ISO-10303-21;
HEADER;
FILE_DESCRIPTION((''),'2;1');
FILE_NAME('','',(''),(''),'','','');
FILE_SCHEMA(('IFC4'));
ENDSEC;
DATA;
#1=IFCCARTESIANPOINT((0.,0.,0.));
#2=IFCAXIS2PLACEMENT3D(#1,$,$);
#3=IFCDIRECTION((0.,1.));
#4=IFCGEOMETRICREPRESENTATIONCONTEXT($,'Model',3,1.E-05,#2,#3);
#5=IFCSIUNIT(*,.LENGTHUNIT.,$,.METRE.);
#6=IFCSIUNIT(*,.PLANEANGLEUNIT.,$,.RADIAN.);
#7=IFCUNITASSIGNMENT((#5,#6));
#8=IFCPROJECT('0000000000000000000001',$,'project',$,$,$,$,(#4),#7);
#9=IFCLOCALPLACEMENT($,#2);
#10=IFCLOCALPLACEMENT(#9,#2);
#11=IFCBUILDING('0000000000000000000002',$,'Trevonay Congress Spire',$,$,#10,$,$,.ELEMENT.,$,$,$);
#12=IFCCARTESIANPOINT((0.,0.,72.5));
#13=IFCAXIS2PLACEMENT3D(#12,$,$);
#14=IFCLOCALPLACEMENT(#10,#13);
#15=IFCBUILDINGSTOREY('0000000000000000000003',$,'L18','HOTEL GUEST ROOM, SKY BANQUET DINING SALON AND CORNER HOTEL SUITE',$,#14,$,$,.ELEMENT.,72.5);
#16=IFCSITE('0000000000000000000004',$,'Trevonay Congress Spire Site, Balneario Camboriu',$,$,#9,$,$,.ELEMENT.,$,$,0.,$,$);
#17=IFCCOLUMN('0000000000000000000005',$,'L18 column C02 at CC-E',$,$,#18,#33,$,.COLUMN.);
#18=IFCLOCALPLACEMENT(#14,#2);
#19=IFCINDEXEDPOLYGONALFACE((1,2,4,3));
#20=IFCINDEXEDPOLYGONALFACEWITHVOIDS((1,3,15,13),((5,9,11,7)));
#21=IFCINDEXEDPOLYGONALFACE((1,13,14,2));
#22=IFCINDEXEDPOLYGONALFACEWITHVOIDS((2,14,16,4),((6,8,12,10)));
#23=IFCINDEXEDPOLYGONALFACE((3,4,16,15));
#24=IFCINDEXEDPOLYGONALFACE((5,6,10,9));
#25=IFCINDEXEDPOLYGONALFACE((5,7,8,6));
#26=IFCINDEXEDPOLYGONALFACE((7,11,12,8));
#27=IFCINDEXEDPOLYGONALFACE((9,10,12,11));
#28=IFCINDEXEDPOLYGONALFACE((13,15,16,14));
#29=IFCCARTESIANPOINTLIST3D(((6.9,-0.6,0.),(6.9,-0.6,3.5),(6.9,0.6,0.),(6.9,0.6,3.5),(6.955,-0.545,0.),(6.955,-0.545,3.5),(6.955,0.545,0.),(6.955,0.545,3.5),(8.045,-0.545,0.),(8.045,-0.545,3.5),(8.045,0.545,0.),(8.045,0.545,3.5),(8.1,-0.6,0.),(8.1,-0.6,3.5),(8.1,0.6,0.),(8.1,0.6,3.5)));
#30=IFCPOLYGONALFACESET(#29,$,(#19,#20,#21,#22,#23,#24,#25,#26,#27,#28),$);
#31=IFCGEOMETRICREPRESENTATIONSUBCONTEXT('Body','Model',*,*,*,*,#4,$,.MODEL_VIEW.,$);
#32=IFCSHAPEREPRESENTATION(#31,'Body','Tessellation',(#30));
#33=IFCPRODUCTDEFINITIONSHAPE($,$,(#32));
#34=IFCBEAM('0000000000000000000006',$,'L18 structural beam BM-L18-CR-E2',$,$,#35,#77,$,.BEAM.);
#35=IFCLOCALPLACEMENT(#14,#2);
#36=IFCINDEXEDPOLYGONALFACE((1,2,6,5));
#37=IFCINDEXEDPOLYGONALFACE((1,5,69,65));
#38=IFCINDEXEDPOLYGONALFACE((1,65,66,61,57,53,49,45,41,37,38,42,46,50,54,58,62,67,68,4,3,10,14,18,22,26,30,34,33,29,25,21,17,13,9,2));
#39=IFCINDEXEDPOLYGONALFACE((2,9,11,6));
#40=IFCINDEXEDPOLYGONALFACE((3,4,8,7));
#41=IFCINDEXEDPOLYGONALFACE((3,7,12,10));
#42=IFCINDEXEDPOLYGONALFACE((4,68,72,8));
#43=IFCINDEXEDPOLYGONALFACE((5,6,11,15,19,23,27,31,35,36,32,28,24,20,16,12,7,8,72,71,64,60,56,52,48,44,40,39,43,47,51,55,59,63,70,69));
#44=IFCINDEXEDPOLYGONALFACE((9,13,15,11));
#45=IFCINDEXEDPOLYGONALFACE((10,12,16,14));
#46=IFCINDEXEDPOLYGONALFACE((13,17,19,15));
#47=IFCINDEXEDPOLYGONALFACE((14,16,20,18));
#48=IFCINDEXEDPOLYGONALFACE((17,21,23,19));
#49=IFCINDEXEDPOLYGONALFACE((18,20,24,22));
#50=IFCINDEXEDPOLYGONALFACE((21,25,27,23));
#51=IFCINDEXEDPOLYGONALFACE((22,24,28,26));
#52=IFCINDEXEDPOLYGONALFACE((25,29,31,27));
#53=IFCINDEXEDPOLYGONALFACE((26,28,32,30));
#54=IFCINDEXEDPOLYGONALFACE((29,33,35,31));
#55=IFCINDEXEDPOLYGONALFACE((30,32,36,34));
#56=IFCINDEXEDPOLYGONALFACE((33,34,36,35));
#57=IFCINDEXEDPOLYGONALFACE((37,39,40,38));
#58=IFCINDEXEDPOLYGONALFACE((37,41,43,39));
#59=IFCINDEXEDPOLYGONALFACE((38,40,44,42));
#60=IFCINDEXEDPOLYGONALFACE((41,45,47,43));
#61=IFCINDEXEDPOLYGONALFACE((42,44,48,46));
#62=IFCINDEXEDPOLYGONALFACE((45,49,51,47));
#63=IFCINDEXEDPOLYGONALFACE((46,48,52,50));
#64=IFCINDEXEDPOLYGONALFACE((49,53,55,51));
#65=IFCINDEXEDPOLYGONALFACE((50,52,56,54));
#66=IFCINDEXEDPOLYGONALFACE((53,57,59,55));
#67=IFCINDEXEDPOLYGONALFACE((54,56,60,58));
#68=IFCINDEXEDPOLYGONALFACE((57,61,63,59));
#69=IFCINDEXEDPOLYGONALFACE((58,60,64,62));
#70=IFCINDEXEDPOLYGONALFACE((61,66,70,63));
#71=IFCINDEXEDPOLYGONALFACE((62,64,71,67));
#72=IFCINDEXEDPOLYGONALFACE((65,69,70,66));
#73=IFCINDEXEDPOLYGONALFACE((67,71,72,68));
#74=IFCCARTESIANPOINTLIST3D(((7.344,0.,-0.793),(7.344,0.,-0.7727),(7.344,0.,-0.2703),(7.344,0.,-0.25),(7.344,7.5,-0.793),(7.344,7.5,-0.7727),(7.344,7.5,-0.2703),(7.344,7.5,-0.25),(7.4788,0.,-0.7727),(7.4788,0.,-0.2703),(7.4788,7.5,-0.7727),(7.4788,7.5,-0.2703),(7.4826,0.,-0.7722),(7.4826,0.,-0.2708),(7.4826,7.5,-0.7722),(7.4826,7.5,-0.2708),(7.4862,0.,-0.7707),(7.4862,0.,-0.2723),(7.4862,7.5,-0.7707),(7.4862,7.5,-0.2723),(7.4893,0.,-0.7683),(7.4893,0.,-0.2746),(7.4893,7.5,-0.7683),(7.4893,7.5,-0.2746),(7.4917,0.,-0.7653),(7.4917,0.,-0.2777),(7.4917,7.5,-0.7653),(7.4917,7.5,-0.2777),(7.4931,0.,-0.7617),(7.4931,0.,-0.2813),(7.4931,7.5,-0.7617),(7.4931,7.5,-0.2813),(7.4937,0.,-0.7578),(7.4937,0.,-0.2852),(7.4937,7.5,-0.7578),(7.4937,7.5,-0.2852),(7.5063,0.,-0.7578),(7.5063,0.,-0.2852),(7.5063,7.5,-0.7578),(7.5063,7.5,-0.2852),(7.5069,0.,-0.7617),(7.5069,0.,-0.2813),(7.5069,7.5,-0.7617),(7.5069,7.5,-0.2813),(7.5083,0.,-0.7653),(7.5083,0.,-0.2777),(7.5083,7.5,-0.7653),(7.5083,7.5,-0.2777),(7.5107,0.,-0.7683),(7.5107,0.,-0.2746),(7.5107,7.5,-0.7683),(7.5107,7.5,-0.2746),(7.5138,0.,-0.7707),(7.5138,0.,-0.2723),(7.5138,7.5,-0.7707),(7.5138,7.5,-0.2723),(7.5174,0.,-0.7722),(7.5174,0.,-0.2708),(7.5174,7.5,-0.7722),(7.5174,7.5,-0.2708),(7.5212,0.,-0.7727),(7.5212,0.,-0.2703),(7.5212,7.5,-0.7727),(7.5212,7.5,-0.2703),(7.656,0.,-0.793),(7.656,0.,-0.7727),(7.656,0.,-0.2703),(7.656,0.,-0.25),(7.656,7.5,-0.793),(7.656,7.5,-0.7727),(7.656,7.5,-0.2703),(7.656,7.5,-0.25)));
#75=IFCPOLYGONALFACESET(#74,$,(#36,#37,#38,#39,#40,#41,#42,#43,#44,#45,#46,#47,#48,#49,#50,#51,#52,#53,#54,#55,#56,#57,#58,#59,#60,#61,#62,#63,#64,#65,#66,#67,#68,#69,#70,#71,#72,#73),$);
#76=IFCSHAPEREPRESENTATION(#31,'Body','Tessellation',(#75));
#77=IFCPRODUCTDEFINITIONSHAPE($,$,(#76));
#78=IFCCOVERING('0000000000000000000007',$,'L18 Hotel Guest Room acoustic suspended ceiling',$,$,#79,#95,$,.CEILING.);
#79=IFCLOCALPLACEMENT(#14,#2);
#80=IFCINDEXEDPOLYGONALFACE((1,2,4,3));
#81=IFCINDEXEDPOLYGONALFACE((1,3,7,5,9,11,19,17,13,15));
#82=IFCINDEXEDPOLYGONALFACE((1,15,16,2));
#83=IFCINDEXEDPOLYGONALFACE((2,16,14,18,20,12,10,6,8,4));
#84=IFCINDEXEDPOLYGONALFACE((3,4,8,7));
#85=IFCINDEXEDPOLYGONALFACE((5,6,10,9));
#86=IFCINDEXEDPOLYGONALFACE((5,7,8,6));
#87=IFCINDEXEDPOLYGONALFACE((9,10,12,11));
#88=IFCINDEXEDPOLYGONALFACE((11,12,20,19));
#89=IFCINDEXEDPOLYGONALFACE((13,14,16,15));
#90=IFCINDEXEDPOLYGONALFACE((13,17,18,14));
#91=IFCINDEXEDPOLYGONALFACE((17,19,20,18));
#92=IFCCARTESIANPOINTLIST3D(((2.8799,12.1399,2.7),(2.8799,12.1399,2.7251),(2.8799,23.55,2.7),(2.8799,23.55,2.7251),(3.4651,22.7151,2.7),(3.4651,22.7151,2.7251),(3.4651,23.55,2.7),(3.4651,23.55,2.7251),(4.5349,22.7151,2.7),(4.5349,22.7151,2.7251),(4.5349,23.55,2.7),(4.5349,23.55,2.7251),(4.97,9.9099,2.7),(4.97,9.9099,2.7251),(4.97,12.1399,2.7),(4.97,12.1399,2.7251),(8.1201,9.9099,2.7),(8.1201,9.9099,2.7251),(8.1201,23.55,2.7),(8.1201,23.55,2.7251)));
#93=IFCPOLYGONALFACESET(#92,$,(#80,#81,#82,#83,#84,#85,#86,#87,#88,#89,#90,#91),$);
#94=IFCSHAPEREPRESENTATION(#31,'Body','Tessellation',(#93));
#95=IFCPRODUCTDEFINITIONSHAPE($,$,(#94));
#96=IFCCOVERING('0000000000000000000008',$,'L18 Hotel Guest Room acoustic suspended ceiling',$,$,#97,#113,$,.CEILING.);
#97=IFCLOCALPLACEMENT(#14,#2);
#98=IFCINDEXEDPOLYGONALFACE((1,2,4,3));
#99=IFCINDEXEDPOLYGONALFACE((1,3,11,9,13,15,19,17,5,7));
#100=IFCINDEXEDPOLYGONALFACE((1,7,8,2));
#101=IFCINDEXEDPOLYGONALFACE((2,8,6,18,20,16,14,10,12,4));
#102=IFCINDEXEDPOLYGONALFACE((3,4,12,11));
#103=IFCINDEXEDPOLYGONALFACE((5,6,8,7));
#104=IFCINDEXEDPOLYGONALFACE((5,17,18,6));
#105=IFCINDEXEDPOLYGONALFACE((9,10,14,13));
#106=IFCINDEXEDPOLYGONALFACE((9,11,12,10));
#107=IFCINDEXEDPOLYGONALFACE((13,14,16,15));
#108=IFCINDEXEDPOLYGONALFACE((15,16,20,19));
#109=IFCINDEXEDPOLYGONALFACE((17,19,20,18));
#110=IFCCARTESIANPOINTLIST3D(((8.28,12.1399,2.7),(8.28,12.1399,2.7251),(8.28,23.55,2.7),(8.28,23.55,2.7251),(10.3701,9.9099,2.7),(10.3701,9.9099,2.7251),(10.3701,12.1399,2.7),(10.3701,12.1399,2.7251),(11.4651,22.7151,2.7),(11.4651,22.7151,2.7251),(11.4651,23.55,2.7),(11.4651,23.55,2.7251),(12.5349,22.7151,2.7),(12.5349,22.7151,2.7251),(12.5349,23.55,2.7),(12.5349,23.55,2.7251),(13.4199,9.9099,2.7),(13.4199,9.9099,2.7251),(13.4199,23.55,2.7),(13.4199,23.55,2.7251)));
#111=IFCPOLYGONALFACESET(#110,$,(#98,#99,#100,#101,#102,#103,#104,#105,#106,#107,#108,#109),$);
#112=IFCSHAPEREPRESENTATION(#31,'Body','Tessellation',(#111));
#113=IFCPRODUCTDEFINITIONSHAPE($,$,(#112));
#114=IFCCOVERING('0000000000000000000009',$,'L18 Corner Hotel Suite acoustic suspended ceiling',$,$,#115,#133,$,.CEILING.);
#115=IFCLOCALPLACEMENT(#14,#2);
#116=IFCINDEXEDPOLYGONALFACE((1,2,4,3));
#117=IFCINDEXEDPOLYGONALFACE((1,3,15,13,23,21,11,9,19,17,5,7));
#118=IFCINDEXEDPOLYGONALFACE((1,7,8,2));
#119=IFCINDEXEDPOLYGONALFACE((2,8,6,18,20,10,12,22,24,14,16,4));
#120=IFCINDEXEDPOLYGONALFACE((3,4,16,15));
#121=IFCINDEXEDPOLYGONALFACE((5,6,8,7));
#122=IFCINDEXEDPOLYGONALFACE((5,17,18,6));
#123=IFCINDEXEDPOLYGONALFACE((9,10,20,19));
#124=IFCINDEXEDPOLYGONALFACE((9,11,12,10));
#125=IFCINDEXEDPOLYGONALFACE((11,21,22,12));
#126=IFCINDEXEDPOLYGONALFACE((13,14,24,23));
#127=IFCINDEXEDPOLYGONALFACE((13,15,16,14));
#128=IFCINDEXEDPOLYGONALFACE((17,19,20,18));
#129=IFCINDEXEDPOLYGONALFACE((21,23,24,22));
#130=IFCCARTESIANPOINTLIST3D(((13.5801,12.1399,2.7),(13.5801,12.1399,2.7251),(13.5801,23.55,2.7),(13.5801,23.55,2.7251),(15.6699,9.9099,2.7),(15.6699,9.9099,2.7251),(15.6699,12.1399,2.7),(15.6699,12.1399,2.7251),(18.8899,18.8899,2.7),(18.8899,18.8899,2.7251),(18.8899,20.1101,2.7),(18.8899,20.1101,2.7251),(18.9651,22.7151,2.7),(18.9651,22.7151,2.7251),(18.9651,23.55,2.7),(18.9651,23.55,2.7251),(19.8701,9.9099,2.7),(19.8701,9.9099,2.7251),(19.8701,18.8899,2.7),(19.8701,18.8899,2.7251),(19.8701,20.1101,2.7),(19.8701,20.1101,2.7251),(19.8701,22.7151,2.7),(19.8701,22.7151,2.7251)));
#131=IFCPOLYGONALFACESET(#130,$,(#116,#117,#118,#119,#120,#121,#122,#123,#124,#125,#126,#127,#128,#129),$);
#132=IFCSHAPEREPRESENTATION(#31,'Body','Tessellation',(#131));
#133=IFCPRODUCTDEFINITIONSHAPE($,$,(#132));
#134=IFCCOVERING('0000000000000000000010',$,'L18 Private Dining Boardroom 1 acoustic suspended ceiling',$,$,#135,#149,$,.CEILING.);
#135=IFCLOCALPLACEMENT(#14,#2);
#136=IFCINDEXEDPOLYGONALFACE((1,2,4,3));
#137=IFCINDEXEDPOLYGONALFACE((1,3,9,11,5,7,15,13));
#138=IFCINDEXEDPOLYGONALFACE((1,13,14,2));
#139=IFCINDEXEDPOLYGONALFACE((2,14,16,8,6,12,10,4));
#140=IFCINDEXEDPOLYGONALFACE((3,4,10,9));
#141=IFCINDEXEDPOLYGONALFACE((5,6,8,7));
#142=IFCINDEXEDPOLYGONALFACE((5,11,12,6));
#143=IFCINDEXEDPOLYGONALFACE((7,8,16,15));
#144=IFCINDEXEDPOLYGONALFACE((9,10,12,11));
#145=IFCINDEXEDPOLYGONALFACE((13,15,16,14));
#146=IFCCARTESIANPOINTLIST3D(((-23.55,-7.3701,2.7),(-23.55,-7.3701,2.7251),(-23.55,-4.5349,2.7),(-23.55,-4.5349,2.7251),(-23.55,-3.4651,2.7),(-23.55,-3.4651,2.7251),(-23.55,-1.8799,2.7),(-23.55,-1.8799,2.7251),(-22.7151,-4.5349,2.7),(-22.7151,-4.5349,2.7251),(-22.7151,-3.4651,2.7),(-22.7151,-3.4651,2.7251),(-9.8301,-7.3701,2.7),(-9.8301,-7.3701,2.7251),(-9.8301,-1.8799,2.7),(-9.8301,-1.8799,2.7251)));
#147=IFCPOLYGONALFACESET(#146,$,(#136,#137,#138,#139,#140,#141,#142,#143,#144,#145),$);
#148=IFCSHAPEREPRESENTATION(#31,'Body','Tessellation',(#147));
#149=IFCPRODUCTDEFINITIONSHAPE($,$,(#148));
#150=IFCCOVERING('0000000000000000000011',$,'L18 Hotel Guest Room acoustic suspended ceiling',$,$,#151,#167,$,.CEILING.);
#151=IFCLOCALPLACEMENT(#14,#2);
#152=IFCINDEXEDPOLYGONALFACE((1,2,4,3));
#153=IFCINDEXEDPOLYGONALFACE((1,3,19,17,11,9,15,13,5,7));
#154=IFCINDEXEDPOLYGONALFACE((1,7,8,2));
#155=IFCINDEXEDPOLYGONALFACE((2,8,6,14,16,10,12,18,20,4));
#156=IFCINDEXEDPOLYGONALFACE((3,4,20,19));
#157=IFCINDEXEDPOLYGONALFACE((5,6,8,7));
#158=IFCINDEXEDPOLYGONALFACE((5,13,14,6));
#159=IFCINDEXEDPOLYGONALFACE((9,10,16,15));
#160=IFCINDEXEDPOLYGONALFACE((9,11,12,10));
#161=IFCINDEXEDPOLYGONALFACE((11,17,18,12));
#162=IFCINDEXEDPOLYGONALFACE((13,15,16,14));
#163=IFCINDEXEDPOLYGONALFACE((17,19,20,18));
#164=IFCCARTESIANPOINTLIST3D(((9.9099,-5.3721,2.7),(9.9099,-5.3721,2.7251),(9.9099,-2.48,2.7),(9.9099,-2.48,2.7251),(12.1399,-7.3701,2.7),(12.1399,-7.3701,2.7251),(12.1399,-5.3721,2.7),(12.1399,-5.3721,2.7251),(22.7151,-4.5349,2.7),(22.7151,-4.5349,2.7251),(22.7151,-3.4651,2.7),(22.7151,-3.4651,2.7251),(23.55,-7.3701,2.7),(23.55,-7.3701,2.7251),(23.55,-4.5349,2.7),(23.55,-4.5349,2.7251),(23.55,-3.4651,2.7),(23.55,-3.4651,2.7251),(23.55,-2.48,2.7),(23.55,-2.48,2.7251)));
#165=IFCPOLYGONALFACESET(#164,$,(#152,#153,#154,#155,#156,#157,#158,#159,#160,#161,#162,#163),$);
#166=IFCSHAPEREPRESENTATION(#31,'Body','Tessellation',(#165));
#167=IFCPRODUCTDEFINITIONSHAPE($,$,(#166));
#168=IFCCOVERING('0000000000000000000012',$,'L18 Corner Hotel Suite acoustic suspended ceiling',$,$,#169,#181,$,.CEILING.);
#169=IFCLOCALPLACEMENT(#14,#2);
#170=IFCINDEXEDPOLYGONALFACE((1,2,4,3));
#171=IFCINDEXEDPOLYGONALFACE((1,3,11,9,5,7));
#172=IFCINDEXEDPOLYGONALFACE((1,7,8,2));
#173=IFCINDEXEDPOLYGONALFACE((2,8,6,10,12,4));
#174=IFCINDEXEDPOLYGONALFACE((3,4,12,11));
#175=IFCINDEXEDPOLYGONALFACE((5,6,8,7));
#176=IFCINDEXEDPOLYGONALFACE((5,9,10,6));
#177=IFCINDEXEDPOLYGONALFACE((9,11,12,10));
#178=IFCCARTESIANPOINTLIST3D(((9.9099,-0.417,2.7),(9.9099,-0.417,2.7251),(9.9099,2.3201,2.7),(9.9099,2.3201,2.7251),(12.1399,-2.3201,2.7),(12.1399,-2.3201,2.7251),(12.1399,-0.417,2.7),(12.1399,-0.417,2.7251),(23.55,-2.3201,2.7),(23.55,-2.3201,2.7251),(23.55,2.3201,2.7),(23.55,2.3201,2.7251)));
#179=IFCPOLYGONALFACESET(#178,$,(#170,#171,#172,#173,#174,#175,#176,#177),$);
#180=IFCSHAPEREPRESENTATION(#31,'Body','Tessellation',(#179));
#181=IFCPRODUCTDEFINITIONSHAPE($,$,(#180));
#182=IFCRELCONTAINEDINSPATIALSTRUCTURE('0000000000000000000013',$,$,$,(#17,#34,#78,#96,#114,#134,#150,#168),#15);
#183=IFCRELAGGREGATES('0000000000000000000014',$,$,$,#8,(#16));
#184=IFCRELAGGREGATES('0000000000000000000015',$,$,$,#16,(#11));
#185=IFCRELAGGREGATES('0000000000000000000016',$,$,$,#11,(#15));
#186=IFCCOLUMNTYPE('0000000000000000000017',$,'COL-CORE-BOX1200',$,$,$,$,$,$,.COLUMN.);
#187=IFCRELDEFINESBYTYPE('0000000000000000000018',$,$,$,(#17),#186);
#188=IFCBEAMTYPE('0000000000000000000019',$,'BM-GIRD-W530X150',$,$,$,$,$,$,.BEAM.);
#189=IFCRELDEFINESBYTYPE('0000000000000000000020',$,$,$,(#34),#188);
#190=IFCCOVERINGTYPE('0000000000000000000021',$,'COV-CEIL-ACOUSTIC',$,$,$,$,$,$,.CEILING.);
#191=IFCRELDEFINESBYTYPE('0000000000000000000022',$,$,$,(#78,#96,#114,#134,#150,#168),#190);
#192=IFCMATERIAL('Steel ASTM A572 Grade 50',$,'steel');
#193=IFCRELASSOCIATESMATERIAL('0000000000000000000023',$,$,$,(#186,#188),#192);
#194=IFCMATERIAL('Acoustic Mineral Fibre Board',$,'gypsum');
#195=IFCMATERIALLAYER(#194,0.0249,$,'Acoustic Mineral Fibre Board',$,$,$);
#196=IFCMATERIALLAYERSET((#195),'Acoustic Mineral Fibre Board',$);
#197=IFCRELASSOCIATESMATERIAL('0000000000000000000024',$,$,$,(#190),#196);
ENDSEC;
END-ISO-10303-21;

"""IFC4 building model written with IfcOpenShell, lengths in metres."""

from ifc_helpers import new_model, si_unit, direction, frame, origin, origin_2d, place, context, subcontext, project, spatial, polyline, hollow_rectangle, i_section, outline, extrude, material, layer, layer_set, material_profile, profile_set, type_object, element, save


model = new_model("IFC4")

# Units and contexts
model_context = context("Model", 3, precision=1e-05, world=origin(), true_north=direction((0.0, 1.0)))
body_context = subcontext(model_context, "Body", "Model", "MODEL_VIEW")
ifc_project = project(units=[si_unit("LENGTHUNIT", "METRE"), si_unit("PLANEANGLEUNIT", "RADIAN")], contexts=[model_context])

# Site, building, storey
site_placement = place(None, origin())
site = spatial("IfcSite", under=ifc_project, at=site_placement, Name="Trevonay Congress Spire Site, Balneario Camboriu", CompositionType="ELEMENT", RefElevation=0.0)
building_placement = place(site_placement, origin())
building = spatial("IfcBuilding", under=site, at=building_placement, Name="Trevonay Congress Spire", CompositionType="ELEMENT")
storey_placement = place(building_placement, frame((0.0, 0.0, 72.5)))
storey = spatial("IfcBuildingStorey", under=building, at=storey_placement, Name="L18", Description="HOTEL GUEST ROOM, SKY BANQUET DINING SALON AND CORNER HOTEL SUITE", CompositionType="ELEMENT", Elevation=72.5)

# Column
ifc_material_1 = material(Name="Steel ASTM A572 Grade 50", Category="steel")
ifc_material_profile_1 = material_profile(ifc_material_1, hollow_rectangle(XDim=1.2, YDim=1.2, WallThickness=0.0549, at=origin_2d()), Name="BOX 1200x1200x55")
ifc_profile_set_1 = profile_set([ifc_material_profile_1], Name="Steel ASTM A572 Grade 50")
column_type = type_object("IfcColumnType", Name="COL-CORE-BOX1200", PredefinedType="COLUMN", material=ifc_profile_set_1)
column_placement = place(storey_placement, frame((7.5, 0.0, 0.0), z_axis=(0.0, 0.0, 1.0), x_axis=(1.0, 0.0, 0.0)))
element("IfcColumn", 1, at=column_placement, inside=storey, type_object=column_type, Name="L18 column C02 at CC-E", PredefinedType="COLUMN", context=body_context, shape_type="SweptSolid", body=[
    extrude(hollow_rectangle(XDim=1.2, YDim=1.2, WallThickness=0.0549, at=origin_2d()), origin(), (0.0, 0.0, 1.0), 3.5),
])

# Beam
ifc_material_profile_2 = material_profile(ifc_material_1, i_section(OverallWidth=0.312, OverallDepth=0.543, WebThickness=0.0127, FlangeThickness=0.0203, FilletRadius=0.0149, at=origin_2d()), Name="W530x150")
ifc_profile_set_2 = profile_set([ifc_material_profile_2], Name="Steel ASTM A572 Grade 50")
beam_type = type_object("IfcBeamType", Name="BM-GIRD-W530X150", PredefinedType="BEAM", material=ifc_profile_set_2)
beam_placement = place(storey_placement, frame((7.5, 0.0, -0.5215), z_axis=(0.0, 1.0, 0.0), x_axis=(-1.0, 0.0, 0.0)))
element("IfcBeam", 2, at=beam_placement, inside=storey, type_object=beam_type, Name="L18 structural beam BM-L18-CR-E2", PredefinedType="BEAM", context=body_context, shape_type="SweptSolid", body=[
    extrude(i_section(OverallWidth=0.312, OverallDepth=0.543, WebThickness=0.0127, FlangeThickness=0.0203, FilletRadius=0.0149, at=origin_2d()), origin(), (0.0, 0.0, 1.0), 7.5),
])

# Coverings
ifc_material_2 = material(Name="Acoustic Mineral Fibre Board", Category="gypsum")
ifc_layer_1 = layer(ifc_material_2, 0.0249, Name="Acoustic Mineral Fibre Board")
ifc_layer_set_1 = layer_set([ifc_layer_1], Name="Acoustic Mineral Fibre Board")
covering_type_1 = type_object("IfcCoveringType", Name="COV-CEIL-ACOUSTIC", PredefinedType="CEILING", material=ifc_layer_set_1)
covering_1_placement = place(storey_placement, frame((0.0, 0.0, 2.7)))
element("IfcCovering", 3, at=covering_1_placement, inside=storey, type_object=covering_type_1, Name="L18 Hotel Guest Room acoustic suspended ceiling", PredefinedType="CEILING", context=body_context, shape_type="SweptSolid", body=[
    extrude(outline(polyline([(8.1201, 23.55), (8.1201, 9.9099), (4.97, 9.9099), (4.97, 12.1399), (2.8799, 12.1399), (2.8799, 23.55), (3.4651, 23.55), (3.4651, 22.7151), (4.5349, 22.7151), (4.5349, 23.55), (8.1201, 23.55)])), origin(), (0.0, 0.0, 1.0), 0.0251),
])
covering_2_placement = place(storey_placement, frame((0.0, 0.0, 2.7)))
element("IfcCovering", 4, at=covering_2_placement, inside=storey, type_object=covering_type_1, Name="L18 Hotel Guest Room acoustic suspended ceiling", PredefinedType="CEILING", context=body_context, shape_type="SweptSolid", body=[
    extrude(outline(polyline([(13.4199, 23.55), (13.4199, 9.9099), (10.3701, 9.9099), (10.3701, 12.1399), (8.28, 12.1399), (8.28, 23.55), (11.4651, 23.55), (11.4651, 22.7151), (12.5349, 22.7151), (12.5349, 23.55), (13.4199, 23.55)])), origin(), (0.0, 0.0, 1.0), 0.0251),
])
covering_3_placement = place(storey_placement, frame((0.0, 0.0, 2.7)))
element("IfcCovering", 5, at=covering_3_placement, inside=storey, type_object=covering_type_1, Name="L18 Corner Hotel Suite acoustic suspended ceiling", PredefinedType="CEILING", context=body_context, shape_type="SweptSolid", body=[
    extrude(outline(polyline([(19.8701, 9.9099), (15.6699, 9.9099), (15.6699, 12.1399), (13.5801, 12.1399), (13.5801, 23.55), (18.9651, 23.55), (18.9651, 22.7151), (19.8701, 22.7151), (19.8701, 20.1101), (18.8899, 20.1101), (18.8899, 18.8899), (19.8701, 18.8899), (19.8701, 9.9099)])), origin(), (0.0, 0.0, 1.0), 0.0251),
])
covering_4_placement = place(storey_placement, frame((0.0, 0.0, 2.7)))
element("IfcCovering", 6, at=covering_4_placement, inside=storey, type_object=covering_type_1, Name="L18 Private Dining Boardroom 1 acoustic suspended ceiling", PredefinedType="CEILING", context=body_context, shape_type="SweptSolid", body=[
    extrude(outline(polyline([(-23.55, -1.8799), (-9.8301, -1.8799), (-9.8301, -7.3701), (-23.55, -7.3701), (-23.55, -4.5349), (-22.7151, -4.5349), (-22.7151, -3.4651), (-23.55, -3.4651), (-23.55, -1.8799)])), origin(), (0.0, 0.0, 1.0), 0.0251),
])
covering_5_placement = place(storey_placement, frame((0.0, 0.0, 2.7)))
element("IfcCovering", 7, at=covering_5_placement, inside=storey, type_object=covering_type_1, Name="L18 Hotel Guest Room acoustic suspended ceiling", PredefinedType="CEILING", context=body_context, shape_type="SweptSolid", body=[
    extrude(outline(polyline([(9.9099, -2.48), (23.55, -2.48), (23.55, -3.4651), (22.7151, -3.4651), (22.7151, -4.5349), (23.55, -4.5349), (23.55, -7.3701), (12.1399, -7.3701), (12.1399, -5.3721), (9.9099, -5.3721), (9.9099, -2.48)])), origin(), (0.0, 0.0, 1.0), 0.0251),
])
covering_6_placement = place(storey_placement, frame((0.0, 0.0, 2.7)))
element("IfcCovering", 8, at=covering_6_placement, inside=storey, type_object=covering_type_1, Name="L18 Corner Hotel Suite acoustic suspended ceiling", PredefinedType="CEILING", context=body_context, shape_type="SweptSolid", body=[
    extrude(outline(polyline([(9.9099, -0.417), (9.9099, 2.3201), (23.55, 2.3201), (23.55, -2.3201), (12.1399, -2.3201), (12.1399, -0.417), (9.9099, -0.417)])), origin(), (0.0, 0.0, 1.0), 0.0251),
])

save(model, "model.ifc")
